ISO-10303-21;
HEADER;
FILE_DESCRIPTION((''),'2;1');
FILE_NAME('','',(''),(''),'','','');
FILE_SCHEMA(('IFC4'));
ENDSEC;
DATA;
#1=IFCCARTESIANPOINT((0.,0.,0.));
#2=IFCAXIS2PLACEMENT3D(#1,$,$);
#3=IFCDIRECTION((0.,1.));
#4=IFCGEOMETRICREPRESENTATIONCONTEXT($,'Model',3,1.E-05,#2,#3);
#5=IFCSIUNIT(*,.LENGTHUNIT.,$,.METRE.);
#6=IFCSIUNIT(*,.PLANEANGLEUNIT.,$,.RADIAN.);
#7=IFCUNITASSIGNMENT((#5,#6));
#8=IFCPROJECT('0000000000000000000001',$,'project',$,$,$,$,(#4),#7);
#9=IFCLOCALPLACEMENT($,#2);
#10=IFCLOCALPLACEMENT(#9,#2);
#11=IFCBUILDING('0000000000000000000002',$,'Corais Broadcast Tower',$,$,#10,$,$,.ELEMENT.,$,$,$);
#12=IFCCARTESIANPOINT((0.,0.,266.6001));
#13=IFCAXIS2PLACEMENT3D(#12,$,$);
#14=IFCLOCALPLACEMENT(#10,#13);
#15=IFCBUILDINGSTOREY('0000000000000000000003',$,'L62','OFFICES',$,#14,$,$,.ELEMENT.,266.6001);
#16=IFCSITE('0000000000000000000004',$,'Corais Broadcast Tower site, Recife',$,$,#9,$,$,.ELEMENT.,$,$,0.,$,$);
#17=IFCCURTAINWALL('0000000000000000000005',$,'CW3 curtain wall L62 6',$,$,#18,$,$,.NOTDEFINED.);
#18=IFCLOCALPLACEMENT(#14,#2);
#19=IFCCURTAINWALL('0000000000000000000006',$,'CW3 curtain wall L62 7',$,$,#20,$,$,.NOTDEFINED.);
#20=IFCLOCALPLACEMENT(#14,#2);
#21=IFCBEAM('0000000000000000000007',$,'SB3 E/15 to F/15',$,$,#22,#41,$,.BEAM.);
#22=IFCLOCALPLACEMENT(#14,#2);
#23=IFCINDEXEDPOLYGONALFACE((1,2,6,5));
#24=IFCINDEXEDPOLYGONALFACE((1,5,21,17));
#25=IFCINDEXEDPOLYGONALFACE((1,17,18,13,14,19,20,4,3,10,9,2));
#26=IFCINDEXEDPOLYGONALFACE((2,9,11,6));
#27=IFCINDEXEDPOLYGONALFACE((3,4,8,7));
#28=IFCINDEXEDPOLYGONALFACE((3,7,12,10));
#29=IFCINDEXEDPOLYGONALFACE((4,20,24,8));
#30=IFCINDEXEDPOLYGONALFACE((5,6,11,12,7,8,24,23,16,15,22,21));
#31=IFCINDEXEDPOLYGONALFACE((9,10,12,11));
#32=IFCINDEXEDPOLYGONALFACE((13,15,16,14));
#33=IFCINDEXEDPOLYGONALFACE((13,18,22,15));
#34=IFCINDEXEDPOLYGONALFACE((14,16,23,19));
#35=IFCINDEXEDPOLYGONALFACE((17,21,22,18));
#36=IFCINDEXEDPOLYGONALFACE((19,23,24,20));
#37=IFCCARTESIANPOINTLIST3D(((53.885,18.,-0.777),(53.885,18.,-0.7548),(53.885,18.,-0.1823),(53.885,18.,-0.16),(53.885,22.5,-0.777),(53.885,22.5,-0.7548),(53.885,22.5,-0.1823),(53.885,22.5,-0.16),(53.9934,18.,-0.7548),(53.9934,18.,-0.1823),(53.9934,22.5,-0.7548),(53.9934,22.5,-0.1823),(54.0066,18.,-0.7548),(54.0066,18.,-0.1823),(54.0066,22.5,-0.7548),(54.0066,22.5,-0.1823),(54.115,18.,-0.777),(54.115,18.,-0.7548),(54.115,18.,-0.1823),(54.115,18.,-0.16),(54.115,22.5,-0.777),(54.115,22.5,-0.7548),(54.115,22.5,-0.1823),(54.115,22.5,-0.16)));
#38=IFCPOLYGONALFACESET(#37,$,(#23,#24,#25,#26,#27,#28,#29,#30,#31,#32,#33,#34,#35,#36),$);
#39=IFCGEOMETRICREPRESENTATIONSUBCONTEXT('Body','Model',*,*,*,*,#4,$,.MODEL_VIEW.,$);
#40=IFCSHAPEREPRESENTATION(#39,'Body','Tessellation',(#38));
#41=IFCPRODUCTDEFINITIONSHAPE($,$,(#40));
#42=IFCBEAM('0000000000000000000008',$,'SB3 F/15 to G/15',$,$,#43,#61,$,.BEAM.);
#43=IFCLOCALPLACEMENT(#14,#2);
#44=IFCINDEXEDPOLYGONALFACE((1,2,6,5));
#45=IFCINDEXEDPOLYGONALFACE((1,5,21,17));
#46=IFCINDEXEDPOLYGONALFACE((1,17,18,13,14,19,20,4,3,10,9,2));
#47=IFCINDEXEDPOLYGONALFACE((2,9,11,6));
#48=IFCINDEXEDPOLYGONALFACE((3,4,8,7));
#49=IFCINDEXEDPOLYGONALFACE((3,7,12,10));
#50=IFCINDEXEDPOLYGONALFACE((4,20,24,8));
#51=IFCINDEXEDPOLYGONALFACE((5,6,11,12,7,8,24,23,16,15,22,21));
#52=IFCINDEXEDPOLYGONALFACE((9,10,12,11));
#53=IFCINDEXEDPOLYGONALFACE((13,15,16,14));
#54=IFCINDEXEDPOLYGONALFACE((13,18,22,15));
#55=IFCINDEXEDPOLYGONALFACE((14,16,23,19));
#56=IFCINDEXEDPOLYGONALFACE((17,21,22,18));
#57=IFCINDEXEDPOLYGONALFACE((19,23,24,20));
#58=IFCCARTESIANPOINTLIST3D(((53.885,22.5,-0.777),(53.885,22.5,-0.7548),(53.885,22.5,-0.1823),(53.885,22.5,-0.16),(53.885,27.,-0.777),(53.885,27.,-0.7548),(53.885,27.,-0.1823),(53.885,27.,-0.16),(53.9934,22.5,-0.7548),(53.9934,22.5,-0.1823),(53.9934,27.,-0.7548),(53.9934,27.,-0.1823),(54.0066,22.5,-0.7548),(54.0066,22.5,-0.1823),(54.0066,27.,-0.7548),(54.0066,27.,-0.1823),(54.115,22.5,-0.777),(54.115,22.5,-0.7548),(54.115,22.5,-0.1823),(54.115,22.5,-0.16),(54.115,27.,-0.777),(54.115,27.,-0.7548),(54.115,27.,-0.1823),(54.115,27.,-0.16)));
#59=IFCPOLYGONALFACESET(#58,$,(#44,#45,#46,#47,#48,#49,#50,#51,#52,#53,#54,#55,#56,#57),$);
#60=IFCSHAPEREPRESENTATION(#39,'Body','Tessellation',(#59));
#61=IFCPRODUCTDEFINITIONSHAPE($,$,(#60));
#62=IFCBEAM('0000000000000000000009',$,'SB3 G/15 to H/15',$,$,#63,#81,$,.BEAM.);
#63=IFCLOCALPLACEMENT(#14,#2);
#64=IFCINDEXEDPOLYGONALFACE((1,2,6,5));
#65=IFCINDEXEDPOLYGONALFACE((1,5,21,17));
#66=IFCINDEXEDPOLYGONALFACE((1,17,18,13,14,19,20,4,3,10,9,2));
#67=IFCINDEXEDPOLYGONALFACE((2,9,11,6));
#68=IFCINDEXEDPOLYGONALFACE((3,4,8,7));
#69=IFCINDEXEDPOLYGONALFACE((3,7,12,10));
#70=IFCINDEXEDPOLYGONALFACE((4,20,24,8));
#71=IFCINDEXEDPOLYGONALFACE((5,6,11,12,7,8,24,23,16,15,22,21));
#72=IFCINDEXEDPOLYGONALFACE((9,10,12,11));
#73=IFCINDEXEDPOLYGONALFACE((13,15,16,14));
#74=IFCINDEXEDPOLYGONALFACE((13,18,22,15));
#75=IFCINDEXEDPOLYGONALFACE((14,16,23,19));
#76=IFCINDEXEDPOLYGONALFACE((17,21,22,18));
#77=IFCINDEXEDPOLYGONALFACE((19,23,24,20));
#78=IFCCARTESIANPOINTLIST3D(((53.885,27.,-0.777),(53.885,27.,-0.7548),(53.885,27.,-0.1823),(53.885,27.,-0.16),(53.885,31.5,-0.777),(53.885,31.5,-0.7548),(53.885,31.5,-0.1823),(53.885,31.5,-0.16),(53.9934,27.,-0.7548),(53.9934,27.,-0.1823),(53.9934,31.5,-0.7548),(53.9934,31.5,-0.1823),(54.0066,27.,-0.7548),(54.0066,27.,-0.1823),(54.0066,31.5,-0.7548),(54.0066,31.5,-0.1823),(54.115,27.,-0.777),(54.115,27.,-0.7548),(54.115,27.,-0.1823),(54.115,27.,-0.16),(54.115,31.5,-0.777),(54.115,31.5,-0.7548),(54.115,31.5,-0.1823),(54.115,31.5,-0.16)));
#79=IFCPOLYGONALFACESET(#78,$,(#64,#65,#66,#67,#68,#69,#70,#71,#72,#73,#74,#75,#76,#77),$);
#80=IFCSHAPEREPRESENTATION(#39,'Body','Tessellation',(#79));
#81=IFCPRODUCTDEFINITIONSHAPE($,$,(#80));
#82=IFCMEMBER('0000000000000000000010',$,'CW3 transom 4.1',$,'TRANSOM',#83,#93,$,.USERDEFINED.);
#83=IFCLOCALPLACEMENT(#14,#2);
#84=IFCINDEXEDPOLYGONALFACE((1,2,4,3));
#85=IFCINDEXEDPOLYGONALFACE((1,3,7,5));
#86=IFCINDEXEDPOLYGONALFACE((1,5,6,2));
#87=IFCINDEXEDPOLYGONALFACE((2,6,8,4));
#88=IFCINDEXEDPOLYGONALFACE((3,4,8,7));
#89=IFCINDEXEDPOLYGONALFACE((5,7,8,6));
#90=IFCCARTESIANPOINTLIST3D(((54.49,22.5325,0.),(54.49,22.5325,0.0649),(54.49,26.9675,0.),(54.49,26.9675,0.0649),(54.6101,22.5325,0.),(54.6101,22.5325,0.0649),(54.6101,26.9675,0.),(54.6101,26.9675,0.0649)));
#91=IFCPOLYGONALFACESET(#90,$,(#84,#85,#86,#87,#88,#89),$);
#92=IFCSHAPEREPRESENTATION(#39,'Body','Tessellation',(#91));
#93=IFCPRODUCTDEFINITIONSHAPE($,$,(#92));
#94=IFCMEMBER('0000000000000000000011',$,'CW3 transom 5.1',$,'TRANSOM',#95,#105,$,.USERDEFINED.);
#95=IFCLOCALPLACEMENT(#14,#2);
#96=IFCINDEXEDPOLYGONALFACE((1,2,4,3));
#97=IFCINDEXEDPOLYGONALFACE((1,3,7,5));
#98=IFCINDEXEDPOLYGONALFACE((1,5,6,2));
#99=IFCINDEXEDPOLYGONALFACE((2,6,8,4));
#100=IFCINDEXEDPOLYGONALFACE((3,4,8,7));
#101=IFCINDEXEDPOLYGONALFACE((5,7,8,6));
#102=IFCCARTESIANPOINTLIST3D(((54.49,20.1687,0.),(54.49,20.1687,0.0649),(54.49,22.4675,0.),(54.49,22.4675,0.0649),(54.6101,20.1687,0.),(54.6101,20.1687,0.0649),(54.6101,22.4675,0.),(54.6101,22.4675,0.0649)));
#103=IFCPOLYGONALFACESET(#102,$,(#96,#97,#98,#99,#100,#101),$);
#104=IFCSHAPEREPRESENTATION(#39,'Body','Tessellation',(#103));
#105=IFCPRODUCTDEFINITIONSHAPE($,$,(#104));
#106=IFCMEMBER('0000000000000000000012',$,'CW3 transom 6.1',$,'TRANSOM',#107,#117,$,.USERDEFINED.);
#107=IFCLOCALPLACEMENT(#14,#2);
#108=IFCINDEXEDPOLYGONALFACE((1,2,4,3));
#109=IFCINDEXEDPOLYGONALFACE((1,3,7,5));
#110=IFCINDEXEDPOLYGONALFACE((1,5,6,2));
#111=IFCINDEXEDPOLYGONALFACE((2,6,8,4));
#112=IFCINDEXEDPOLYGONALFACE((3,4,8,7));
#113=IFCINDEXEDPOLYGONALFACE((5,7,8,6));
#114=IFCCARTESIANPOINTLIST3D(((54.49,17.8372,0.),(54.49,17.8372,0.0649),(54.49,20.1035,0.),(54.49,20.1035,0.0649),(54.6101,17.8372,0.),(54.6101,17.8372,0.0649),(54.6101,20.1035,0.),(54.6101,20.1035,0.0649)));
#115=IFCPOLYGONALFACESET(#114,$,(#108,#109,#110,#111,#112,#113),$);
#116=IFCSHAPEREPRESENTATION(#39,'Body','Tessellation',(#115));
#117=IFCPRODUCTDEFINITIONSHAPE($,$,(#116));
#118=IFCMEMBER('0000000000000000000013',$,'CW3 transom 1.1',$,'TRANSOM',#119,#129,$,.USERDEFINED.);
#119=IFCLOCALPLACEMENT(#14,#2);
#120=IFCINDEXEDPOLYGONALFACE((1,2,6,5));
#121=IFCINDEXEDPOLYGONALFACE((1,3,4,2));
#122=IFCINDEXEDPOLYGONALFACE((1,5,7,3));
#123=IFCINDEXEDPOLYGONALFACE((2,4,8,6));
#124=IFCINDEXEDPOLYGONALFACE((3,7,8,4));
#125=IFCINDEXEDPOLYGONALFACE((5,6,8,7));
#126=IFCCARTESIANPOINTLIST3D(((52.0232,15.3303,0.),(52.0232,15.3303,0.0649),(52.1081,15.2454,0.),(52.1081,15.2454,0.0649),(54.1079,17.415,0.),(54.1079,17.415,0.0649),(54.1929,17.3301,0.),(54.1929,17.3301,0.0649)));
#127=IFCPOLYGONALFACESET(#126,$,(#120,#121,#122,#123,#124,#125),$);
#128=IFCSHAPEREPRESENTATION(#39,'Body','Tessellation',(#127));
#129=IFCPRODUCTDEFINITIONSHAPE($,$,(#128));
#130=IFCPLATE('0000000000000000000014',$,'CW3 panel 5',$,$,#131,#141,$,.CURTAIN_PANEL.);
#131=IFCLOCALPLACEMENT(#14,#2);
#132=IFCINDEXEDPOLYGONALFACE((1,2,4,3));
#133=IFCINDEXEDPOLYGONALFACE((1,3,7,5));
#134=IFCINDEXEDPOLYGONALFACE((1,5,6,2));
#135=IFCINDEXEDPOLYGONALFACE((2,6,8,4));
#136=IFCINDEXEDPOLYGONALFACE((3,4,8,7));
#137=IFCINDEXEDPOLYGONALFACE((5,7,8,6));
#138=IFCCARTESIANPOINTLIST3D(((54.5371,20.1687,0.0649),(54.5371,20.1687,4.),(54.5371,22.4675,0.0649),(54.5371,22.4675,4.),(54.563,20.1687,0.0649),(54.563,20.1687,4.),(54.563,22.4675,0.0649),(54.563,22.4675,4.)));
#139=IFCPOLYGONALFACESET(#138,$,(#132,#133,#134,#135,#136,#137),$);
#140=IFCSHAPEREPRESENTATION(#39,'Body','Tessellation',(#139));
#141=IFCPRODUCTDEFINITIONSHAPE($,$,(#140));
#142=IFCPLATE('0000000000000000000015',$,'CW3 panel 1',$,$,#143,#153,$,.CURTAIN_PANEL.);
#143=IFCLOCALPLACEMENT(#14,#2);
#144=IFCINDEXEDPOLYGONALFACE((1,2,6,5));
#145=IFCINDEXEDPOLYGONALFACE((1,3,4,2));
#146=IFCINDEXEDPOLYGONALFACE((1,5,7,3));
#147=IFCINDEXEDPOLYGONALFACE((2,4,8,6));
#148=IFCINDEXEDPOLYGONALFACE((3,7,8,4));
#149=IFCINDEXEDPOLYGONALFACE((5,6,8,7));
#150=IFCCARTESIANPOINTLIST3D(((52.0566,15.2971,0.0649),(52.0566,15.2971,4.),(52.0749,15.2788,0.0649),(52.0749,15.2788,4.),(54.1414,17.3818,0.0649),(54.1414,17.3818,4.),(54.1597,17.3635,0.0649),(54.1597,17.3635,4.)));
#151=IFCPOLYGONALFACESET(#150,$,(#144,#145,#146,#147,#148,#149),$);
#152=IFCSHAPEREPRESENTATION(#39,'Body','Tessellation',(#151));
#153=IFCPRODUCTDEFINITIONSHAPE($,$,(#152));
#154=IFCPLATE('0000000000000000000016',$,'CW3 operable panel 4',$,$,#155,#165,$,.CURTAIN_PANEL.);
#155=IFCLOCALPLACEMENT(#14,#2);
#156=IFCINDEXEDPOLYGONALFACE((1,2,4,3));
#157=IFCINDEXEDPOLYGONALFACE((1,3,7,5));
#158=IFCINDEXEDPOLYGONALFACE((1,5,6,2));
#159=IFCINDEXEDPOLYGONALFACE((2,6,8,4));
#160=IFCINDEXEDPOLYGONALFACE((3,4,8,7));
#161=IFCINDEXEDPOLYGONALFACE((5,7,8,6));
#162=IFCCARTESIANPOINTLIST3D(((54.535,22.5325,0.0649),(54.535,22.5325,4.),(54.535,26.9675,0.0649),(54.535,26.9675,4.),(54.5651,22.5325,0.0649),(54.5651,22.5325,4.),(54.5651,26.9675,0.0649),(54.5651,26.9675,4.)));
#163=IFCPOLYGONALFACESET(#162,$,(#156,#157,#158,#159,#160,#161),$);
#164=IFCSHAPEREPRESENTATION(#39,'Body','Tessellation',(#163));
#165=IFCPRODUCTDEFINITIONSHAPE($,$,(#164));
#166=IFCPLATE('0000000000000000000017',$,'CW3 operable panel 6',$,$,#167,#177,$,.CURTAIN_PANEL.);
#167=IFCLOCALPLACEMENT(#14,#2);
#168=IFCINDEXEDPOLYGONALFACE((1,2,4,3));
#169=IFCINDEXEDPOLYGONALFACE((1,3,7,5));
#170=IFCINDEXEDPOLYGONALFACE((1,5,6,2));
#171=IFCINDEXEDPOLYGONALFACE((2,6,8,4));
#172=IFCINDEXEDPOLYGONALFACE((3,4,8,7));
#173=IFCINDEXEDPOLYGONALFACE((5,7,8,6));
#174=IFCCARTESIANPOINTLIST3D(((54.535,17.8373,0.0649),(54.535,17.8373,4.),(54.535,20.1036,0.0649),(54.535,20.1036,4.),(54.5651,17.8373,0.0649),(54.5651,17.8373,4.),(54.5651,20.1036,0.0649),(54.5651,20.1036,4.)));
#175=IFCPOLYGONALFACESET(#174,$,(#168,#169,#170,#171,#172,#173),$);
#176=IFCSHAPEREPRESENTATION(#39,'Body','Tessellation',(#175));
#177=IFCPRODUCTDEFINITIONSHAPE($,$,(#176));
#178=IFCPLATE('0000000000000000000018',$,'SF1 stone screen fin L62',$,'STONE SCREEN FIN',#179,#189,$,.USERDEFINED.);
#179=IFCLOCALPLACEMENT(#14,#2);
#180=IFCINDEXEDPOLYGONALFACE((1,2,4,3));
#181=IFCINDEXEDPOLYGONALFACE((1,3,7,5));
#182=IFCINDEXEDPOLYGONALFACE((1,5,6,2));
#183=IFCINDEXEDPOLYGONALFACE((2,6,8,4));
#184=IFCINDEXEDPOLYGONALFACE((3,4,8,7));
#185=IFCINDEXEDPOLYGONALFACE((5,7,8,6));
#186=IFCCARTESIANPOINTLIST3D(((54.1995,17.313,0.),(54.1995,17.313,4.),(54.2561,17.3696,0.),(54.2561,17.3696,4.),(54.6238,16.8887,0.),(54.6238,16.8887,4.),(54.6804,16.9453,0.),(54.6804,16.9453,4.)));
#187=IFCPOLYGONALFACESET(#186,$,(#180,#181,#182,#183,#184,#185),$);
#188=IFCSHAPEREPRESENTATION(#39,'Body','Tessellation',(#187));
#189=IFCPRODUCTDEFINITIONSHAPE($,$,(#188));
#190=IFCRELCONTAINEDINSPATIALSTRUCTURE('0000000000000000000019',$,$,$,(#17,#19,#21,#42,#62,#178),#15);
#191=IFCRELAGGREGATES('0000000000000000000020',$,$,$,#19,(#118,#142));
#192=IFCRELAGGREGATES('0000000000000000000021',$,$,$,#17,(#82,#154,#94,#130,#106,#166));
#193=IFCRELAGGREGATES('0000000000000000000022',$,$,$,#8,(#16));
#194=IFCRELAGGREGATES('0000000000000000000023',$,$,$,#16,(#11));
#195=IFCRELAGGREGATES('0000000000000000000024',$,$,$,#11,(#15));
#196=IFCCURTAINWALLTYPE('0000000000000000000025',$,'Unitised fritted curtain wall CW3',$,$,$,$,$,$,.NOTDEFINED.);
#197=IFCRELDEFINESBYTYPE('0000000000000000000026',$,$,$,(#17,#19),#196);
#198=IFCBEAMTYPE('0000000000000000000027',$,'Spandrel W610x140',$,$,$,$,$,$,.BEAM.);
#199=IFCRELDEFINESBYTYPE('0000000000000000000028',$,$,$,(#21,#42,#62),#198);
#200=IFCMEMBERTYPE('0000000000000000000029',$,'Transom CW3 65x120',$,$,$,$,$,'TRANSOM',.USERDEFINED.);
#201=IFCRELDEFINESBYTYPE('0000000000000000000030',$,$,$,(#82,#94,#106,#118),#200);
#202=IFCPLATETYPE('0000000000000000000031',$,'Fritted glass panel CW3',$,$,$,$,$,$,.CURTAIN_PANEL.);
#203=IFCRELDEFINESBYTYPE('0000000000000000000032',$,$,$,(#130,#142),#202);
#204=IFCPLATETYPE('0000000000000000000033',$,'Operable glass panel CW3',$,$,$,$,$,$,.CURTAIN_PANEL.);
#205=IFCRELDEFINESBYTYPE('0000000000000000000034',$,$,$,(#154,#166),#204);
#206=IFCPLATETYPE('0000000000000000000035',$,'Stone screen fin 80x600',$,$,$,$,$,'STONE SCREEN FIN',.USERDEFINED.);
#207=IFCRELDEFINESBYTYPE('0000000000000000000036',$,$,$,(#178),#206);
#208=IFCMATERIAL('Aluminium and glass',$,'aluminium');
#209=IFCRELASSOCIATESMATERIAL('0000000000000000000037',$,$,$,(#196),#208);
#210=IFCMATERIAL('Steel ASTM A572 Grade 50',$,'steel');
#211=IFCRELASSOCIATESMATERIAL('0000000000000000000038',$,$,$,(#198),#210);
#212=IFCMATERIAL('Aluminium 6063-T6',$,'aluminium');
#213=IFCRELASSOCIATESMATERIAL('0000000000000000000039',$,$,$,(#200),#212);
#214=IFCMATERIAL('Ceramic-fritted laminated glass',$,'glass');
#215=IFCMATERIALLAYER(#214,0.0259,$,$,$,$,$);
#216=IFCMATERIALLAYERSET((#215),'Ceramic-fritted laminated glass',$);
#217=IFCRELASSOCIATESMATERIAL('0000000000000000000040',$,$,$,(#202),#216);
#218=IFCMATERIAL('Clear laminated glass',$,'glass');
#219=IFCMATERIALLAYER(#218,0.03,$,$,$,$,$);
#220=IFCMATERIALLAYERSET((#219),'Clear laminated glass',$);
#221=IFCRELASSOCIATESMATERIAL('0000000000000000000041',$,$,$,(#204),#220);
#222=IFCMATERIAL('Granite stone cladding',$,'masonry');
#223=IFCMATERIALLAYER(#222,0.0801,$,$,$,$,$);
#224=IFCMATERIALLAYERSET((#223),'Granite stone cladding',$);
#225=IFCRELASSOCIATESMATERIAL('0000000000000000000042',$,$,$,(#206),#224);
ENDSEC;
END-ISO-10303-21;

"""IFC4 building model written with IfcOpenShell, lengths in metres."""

from ifc_helpers import new_model, si_unit, direction, frame, origin, origin_2d, place, context, subcontext, project, spatial, rectangle, i_section, extrude, material, layer, layer_set, material_profile, profile_set, type_object, element, aggregate, save


model = new_model("IFC4")

# Units and contexts
model_context = context("Model", 3, precision=1e-05, world=origin(), true_north=direction((0.0, 1.0)))
body_context = subcontext(model_context, "Body", "Model", "MODEL_VIEW")
ifc_project = project(units=[si_unit("LENGTHUNIT", "METRE"), si_unit("PLANEANGLEUNIT", "RADIAN")], contexts=[model_context])

# Site, building, storey
site_placement = place(None, origin())
site = spatial("IfcSite", under=ifc_project, at=site_placement, Name="Corais Broadcast Tower site, Recife", CompositionType="ELEMENT", RefElevation=0.0)
building_placement = place(site_placement, origin())
building = spatial("IfcBuilding", under=site, at=building_placement, Name="Corais Broadcast Tower", CompositionType="ELEMENT")
storey_placement = place(building_placement, frame((0.0, 0.0, 266.6001)))
storey = spatial("IfcBuildingStorey", under=building, at=storey_placement, Name="L62", Description="OFFICES", CompositionType="ELEMENT", Elevation=266.6001)

# Curtain walls
ifc_material_1 = material(Name="Aluminium and glass", Category="aluminium")
curtain_wall_type = type_object("IfcCurtainWallType", Name="Unitised fritted curtain wall CW3", PredefinedType="NOTDEFINED", material=ifc_material_1)
curtain_wall_1_placement = place(storey_placement, origin())
curtain_wall_1 = element("IfcCurtainWall", 1, at=curtain_wall_1_placement, inside=storey, type_object=curtain_wall_type, Name="CW3 curtain wall L62 6", PredefinedType="NOTDEFINED")
curtain_wall_2_placement = place(storey_placement, origin())
curtain_wall_2 = element("IfcCurtainWall", 2, at=curtain_wall_2_placement, inside=storey, type_object=curtain_wall_type, Name="CW3 curtain wall L62 7", PredefinedType="NOTDEFINED")

# Beams
ifc_material_2 = material(Name="Steel ASTM A572 Grade 50", Category="steel")
ifc_material_profile_1 = material_profile(ifc_material_2, i_section(OverallWidth=0.23, OverallDepth=0.6169, WebThickness=0.0132, FlangeThickness=0.0222, at=origin_2d()), Name="W610x140")
ifc_profile_set_1 = profile_set([ifc_material_profile_1], Name="Steel ASTM A572 Grade 50")
beam_type_1 = type_object("IfcBeamType", Name="Spandrel W610x140", PredefinedType="BEAM", material=ifc_profile_set_1)
for number, where, z_axis, x_axis, name in (
    (3, (54.0, 18.0, -0.4685), (0.0, 1.0, 0.0), (-1.0, 0.0, 0.0), "SB3 E/15 to F/15"),
    (4, (54.0, 22.5, -0.4685), (0.0, 1.0, 0.0), (-1.0, 0.0, 0.0), "SB3 F/15 to G/15"),
    (5, (54.0, 27.0, -0.4685), (0.0, 1.0, 0.0), (-1.0, 0.0, 0.0), "SB3 G/15 to H/15"),
):
    element("IfcBeam", number, at=place(storey_placement, frame(where, z_axis=z_axis, x_axis=x_axis)), inside=storey, type_object=beam_type_1, Name=name, PredefinedType="BEAM", context=body_context, shape_type="SweptSolid", body=[
        extrude(i_section(OverallWidth=0.23, OverallDepth=0.6169, WebThickness=0.0132, FlangeThickness=0.0222, at=origin_2d()), origin(), (0.0, 0.0, 1.0), 4.5),
    ])

# Members
ifc_material_3 = material(Name="Aluminium 6063-T6", Category="aluminium")
ifc_material_profile_2 = material_profile(ifc_material_3, rectangle(XDim=0.1201, YDim=0.0649, at=origin_2d()), Name="Transom CW3 65x120")
ifc_profile_set_2 = profile_set([ifc_material_profile_2], Name="Aluminium 6063-T6")
member_type_1 = type_object("IfcMemberType", Name="Transom CW3 65x120", ElementType="TRANSOM", PredefinedType="USERDEFINED", material=ifc_profile_set_2)
member_1_placement = place(storey_placement, frame((54.55, 26.9675, 0.0325), z_axis=(0.0, -1.0, 0.0), x_axis=(1.0, 0.0, 0.0)))
member_1 = element("IfcMember", 6, at=member_1_placement, type_object=member_type_1, Name="CW3 transom 4.1", ObjectType="TRANSOM", PredefinedType="USERDEFINED", context=body_context, shape_type="SweptSolid", body=[
    extrude(rectangle(XDim=0.1201, YDim=0.0649, at=origin_2d()), origin(), (0.0, 0.0, 1.0), 4.4351),
])
member_2_placement = place(storey_placement, frame((54.55, 22.4675, 0.0325), z_axis=(0.0, -1.0, 0.0), x_axis=(1.0, 0.0, 0.0)))
member_2 = element("IfcMember", 7, at=member_2_placement, type_object=member_type_1, Name="CW3 transom 5.1", ObjectType="TRANSOM", PredefinedType="USERDEFINED", context=body_context, shape_type="SweptSolid", body=[
    extrude(rectangle(XDim=0.1201, YDim=0.0649, at=origin_2d()), origin(), (0.0, 0.0, 1.0), 2.2988),
])
member_3_placement = place(storey_placement, frame((54.55, 20.1035, 0.0325), z_axis=(0.0, -1.0, 0.0), x_axis=(1.0, 0.0, 0.0)))
member_3 = element("IfcMember", 8, at=member_3_placement, type_object=member_type_1, Name="CW3 transom 6.1", ObjectType="TRANSOM", PredefinedType="USERDEFINED", context=body_context, shape_type="SweptSolid", body=[
    extrude(rectangle(XDim=0.1201, YDim=0.0649, at=origin_2d()), origin(), (0.0, 0.0, 1.0), 2.2664),
])
member_4_placement = place(storey_placement, frame((54.1504, 17.3726, 0.0325), z_axis=(-0.707107, -0.707107, 0.0), x_axis=(0.707107, -0.707107, 0.0)))
member_4 = element("IfcMember", 9, at=member_4_placement, type_object=member_type_1, Name="CW3 transom 1.1", ObjectType="TRANSOM", PredefinedType="USERDEFINED", context=body_context, shape_type="SweptSolid", body=[
    extrude(rectangle(XDim=0.1201, YDim=0.0649, at=origin_2d()), origin(), (0.0, 0.0, 1.0), 2.9482),
])

# Plates
ifc_material_4 = material(Name="Ceramic-fritted laminated glass", Category="glass")
ifc_layer_1 = layer(ifc_material_4, 0.0259)
ifc_layer_set_1 = layer_set([ifc_layer_1], Name="Ceramic-fritted laminated glass")
plate_type_1 = type_object("IfcPlateType", Name="Fritted glass panel CW3", PredefinedType="CURTAIN_PANEL", material=ifc_layer_set_1)
plate_1_placement = place(storey_placement, frame((54.55, 21.3181, 0.0649), z_axis=(0.0, 0.0, 1.0), x_axis=(0.0, -1.0, 0.0)))
plate_1 = element("IfcPlate", 10, at=plate_1_placement, type_object=plate_type_1, Name="CW3 panel 5", PredefinedType="CURTAIN_PANEL", context=body_context, shape_type="SweptSolid", body=[
    extrude(rectangle(XDim=2.2988, YDim=0.0259, at=origin_2d()), origin(), (0.0, 0.0, 1.0), 3.9351),
])
plate_2_placement = place(storey_placement, frame((53.1082, 16.3303, 0.0649), z_axis=(0.0, 0.0, 1.0), x_axis=(-0.707107, -0.707107, 0.0)))
plate_2 = element("IfcPlate", 11, at=plate_2_placement, type_object=plate_type_1, Name="CW3 panel 1", PredefinedType="CURTAIN_PANEL", context=body_context, shape_type="SweptSolid", body=[
    extrude(rectangle(XDim=2.9482, YDim=0.0259, at=origin_2d()), origin(), (0.0, 0.0, 1.0), 3.9351),
])
aggregate(curtain_wall_2, [member_4, plate_2])
ifc_material_5 = material(Name="Clear laminated glass", Category="glass")
ifc_layer_2 = layer(ifc_material_5, 0.03)
ifc_layer_set_2 = layer_set([ifc_layer_2], Name="Clear laminated glass")
plate_type_2 = type_object("IfcPlateType", Name="Operable glass panel CW3", PredefinedType="CURTAIN_PANEL", material=ifc_layer_set_2)
plate_3_placement = place(storey_placement, frame((54.55, 24.75, 0.0649), z_axis=(0.0, 0.0, 1.0), x_axis=(0.0, -1.0, 0.0)))
plate_3 = element("IfcPlate", 12, at=plate_3_placement, type_object=plate_type_2, Name="CW3 operable panel 4", PredefinedType="CURTAIN_PANEL", context=body_context, shape_type="SweptSolid", body=[
    extrude(rectangle(XDim=4.4351, YDim=0.03, at=origin_2d()), origin(), (0.0, 0.0, 1.0), 3.9351),
])
plate_4_placement = place(storey_placement, frame((54.55, 18.9705, 0.0649), z_axis=(0.0, 0.0, 1.0), x_axis=(0.0, -1.0, 0.0)))
plate_4 = element("IfcPlate", 13, at=plate_4_placement, type_object=plate_type_2, Name="CW3 operable panel 6", PredefinedType="CURTAIN_PANEL", context=body_context, shape_type="SweptSolid", body=[
    extrude(rectangle(XDim=2.2664, YDim=0.03, at=origin_2d()), origin(), (0.0, 0.0, 1.0), 3.9351),
])
aggregate(curtain_wall_1, [member_1, plate_3, member_2, plate_1, member_3, plate_4])
ifc_material_6 = material(Name="Granite stone cladding", Category="masonry")
ifc_layer_3 = layer(ifc_material_6, 0.0801)
ifc_layer_set_3 = layer_set([ifc_layer_3], Name="Granite stone cladding")
plate_type_3 = type_object("IfcPlateType", Name="Stone screen fin 80x600", ElementType="STONE SCREEN FIN", PredefinedType="USERDEFINED", material=ifc_layer_set_3)
plate_5_placement = place(storey_placement, frame((54.4399, 17.1292, 0.0), z_axis=(0.0, 0.0, 1.0), x_axis=(-0.707107, -0.707107, 0.0)))
element("IfcPlate", 14, at=plate_5_placement, inside=storey, type_object=plate_type_3, Name="SF1 stone screen fin L62", ObjectType="STONE SCREEN FIN", PredefinedType="USERDEFINED", context=body_context, shape_type="SweptSolid", body=[
    extrude(rectangle(XDim=0.0801, YDim=0.6001, at=origin_2d()), origin(), (0.0, 0.0, 1.0), 4.0),
])

save(model, "model.ifc")
